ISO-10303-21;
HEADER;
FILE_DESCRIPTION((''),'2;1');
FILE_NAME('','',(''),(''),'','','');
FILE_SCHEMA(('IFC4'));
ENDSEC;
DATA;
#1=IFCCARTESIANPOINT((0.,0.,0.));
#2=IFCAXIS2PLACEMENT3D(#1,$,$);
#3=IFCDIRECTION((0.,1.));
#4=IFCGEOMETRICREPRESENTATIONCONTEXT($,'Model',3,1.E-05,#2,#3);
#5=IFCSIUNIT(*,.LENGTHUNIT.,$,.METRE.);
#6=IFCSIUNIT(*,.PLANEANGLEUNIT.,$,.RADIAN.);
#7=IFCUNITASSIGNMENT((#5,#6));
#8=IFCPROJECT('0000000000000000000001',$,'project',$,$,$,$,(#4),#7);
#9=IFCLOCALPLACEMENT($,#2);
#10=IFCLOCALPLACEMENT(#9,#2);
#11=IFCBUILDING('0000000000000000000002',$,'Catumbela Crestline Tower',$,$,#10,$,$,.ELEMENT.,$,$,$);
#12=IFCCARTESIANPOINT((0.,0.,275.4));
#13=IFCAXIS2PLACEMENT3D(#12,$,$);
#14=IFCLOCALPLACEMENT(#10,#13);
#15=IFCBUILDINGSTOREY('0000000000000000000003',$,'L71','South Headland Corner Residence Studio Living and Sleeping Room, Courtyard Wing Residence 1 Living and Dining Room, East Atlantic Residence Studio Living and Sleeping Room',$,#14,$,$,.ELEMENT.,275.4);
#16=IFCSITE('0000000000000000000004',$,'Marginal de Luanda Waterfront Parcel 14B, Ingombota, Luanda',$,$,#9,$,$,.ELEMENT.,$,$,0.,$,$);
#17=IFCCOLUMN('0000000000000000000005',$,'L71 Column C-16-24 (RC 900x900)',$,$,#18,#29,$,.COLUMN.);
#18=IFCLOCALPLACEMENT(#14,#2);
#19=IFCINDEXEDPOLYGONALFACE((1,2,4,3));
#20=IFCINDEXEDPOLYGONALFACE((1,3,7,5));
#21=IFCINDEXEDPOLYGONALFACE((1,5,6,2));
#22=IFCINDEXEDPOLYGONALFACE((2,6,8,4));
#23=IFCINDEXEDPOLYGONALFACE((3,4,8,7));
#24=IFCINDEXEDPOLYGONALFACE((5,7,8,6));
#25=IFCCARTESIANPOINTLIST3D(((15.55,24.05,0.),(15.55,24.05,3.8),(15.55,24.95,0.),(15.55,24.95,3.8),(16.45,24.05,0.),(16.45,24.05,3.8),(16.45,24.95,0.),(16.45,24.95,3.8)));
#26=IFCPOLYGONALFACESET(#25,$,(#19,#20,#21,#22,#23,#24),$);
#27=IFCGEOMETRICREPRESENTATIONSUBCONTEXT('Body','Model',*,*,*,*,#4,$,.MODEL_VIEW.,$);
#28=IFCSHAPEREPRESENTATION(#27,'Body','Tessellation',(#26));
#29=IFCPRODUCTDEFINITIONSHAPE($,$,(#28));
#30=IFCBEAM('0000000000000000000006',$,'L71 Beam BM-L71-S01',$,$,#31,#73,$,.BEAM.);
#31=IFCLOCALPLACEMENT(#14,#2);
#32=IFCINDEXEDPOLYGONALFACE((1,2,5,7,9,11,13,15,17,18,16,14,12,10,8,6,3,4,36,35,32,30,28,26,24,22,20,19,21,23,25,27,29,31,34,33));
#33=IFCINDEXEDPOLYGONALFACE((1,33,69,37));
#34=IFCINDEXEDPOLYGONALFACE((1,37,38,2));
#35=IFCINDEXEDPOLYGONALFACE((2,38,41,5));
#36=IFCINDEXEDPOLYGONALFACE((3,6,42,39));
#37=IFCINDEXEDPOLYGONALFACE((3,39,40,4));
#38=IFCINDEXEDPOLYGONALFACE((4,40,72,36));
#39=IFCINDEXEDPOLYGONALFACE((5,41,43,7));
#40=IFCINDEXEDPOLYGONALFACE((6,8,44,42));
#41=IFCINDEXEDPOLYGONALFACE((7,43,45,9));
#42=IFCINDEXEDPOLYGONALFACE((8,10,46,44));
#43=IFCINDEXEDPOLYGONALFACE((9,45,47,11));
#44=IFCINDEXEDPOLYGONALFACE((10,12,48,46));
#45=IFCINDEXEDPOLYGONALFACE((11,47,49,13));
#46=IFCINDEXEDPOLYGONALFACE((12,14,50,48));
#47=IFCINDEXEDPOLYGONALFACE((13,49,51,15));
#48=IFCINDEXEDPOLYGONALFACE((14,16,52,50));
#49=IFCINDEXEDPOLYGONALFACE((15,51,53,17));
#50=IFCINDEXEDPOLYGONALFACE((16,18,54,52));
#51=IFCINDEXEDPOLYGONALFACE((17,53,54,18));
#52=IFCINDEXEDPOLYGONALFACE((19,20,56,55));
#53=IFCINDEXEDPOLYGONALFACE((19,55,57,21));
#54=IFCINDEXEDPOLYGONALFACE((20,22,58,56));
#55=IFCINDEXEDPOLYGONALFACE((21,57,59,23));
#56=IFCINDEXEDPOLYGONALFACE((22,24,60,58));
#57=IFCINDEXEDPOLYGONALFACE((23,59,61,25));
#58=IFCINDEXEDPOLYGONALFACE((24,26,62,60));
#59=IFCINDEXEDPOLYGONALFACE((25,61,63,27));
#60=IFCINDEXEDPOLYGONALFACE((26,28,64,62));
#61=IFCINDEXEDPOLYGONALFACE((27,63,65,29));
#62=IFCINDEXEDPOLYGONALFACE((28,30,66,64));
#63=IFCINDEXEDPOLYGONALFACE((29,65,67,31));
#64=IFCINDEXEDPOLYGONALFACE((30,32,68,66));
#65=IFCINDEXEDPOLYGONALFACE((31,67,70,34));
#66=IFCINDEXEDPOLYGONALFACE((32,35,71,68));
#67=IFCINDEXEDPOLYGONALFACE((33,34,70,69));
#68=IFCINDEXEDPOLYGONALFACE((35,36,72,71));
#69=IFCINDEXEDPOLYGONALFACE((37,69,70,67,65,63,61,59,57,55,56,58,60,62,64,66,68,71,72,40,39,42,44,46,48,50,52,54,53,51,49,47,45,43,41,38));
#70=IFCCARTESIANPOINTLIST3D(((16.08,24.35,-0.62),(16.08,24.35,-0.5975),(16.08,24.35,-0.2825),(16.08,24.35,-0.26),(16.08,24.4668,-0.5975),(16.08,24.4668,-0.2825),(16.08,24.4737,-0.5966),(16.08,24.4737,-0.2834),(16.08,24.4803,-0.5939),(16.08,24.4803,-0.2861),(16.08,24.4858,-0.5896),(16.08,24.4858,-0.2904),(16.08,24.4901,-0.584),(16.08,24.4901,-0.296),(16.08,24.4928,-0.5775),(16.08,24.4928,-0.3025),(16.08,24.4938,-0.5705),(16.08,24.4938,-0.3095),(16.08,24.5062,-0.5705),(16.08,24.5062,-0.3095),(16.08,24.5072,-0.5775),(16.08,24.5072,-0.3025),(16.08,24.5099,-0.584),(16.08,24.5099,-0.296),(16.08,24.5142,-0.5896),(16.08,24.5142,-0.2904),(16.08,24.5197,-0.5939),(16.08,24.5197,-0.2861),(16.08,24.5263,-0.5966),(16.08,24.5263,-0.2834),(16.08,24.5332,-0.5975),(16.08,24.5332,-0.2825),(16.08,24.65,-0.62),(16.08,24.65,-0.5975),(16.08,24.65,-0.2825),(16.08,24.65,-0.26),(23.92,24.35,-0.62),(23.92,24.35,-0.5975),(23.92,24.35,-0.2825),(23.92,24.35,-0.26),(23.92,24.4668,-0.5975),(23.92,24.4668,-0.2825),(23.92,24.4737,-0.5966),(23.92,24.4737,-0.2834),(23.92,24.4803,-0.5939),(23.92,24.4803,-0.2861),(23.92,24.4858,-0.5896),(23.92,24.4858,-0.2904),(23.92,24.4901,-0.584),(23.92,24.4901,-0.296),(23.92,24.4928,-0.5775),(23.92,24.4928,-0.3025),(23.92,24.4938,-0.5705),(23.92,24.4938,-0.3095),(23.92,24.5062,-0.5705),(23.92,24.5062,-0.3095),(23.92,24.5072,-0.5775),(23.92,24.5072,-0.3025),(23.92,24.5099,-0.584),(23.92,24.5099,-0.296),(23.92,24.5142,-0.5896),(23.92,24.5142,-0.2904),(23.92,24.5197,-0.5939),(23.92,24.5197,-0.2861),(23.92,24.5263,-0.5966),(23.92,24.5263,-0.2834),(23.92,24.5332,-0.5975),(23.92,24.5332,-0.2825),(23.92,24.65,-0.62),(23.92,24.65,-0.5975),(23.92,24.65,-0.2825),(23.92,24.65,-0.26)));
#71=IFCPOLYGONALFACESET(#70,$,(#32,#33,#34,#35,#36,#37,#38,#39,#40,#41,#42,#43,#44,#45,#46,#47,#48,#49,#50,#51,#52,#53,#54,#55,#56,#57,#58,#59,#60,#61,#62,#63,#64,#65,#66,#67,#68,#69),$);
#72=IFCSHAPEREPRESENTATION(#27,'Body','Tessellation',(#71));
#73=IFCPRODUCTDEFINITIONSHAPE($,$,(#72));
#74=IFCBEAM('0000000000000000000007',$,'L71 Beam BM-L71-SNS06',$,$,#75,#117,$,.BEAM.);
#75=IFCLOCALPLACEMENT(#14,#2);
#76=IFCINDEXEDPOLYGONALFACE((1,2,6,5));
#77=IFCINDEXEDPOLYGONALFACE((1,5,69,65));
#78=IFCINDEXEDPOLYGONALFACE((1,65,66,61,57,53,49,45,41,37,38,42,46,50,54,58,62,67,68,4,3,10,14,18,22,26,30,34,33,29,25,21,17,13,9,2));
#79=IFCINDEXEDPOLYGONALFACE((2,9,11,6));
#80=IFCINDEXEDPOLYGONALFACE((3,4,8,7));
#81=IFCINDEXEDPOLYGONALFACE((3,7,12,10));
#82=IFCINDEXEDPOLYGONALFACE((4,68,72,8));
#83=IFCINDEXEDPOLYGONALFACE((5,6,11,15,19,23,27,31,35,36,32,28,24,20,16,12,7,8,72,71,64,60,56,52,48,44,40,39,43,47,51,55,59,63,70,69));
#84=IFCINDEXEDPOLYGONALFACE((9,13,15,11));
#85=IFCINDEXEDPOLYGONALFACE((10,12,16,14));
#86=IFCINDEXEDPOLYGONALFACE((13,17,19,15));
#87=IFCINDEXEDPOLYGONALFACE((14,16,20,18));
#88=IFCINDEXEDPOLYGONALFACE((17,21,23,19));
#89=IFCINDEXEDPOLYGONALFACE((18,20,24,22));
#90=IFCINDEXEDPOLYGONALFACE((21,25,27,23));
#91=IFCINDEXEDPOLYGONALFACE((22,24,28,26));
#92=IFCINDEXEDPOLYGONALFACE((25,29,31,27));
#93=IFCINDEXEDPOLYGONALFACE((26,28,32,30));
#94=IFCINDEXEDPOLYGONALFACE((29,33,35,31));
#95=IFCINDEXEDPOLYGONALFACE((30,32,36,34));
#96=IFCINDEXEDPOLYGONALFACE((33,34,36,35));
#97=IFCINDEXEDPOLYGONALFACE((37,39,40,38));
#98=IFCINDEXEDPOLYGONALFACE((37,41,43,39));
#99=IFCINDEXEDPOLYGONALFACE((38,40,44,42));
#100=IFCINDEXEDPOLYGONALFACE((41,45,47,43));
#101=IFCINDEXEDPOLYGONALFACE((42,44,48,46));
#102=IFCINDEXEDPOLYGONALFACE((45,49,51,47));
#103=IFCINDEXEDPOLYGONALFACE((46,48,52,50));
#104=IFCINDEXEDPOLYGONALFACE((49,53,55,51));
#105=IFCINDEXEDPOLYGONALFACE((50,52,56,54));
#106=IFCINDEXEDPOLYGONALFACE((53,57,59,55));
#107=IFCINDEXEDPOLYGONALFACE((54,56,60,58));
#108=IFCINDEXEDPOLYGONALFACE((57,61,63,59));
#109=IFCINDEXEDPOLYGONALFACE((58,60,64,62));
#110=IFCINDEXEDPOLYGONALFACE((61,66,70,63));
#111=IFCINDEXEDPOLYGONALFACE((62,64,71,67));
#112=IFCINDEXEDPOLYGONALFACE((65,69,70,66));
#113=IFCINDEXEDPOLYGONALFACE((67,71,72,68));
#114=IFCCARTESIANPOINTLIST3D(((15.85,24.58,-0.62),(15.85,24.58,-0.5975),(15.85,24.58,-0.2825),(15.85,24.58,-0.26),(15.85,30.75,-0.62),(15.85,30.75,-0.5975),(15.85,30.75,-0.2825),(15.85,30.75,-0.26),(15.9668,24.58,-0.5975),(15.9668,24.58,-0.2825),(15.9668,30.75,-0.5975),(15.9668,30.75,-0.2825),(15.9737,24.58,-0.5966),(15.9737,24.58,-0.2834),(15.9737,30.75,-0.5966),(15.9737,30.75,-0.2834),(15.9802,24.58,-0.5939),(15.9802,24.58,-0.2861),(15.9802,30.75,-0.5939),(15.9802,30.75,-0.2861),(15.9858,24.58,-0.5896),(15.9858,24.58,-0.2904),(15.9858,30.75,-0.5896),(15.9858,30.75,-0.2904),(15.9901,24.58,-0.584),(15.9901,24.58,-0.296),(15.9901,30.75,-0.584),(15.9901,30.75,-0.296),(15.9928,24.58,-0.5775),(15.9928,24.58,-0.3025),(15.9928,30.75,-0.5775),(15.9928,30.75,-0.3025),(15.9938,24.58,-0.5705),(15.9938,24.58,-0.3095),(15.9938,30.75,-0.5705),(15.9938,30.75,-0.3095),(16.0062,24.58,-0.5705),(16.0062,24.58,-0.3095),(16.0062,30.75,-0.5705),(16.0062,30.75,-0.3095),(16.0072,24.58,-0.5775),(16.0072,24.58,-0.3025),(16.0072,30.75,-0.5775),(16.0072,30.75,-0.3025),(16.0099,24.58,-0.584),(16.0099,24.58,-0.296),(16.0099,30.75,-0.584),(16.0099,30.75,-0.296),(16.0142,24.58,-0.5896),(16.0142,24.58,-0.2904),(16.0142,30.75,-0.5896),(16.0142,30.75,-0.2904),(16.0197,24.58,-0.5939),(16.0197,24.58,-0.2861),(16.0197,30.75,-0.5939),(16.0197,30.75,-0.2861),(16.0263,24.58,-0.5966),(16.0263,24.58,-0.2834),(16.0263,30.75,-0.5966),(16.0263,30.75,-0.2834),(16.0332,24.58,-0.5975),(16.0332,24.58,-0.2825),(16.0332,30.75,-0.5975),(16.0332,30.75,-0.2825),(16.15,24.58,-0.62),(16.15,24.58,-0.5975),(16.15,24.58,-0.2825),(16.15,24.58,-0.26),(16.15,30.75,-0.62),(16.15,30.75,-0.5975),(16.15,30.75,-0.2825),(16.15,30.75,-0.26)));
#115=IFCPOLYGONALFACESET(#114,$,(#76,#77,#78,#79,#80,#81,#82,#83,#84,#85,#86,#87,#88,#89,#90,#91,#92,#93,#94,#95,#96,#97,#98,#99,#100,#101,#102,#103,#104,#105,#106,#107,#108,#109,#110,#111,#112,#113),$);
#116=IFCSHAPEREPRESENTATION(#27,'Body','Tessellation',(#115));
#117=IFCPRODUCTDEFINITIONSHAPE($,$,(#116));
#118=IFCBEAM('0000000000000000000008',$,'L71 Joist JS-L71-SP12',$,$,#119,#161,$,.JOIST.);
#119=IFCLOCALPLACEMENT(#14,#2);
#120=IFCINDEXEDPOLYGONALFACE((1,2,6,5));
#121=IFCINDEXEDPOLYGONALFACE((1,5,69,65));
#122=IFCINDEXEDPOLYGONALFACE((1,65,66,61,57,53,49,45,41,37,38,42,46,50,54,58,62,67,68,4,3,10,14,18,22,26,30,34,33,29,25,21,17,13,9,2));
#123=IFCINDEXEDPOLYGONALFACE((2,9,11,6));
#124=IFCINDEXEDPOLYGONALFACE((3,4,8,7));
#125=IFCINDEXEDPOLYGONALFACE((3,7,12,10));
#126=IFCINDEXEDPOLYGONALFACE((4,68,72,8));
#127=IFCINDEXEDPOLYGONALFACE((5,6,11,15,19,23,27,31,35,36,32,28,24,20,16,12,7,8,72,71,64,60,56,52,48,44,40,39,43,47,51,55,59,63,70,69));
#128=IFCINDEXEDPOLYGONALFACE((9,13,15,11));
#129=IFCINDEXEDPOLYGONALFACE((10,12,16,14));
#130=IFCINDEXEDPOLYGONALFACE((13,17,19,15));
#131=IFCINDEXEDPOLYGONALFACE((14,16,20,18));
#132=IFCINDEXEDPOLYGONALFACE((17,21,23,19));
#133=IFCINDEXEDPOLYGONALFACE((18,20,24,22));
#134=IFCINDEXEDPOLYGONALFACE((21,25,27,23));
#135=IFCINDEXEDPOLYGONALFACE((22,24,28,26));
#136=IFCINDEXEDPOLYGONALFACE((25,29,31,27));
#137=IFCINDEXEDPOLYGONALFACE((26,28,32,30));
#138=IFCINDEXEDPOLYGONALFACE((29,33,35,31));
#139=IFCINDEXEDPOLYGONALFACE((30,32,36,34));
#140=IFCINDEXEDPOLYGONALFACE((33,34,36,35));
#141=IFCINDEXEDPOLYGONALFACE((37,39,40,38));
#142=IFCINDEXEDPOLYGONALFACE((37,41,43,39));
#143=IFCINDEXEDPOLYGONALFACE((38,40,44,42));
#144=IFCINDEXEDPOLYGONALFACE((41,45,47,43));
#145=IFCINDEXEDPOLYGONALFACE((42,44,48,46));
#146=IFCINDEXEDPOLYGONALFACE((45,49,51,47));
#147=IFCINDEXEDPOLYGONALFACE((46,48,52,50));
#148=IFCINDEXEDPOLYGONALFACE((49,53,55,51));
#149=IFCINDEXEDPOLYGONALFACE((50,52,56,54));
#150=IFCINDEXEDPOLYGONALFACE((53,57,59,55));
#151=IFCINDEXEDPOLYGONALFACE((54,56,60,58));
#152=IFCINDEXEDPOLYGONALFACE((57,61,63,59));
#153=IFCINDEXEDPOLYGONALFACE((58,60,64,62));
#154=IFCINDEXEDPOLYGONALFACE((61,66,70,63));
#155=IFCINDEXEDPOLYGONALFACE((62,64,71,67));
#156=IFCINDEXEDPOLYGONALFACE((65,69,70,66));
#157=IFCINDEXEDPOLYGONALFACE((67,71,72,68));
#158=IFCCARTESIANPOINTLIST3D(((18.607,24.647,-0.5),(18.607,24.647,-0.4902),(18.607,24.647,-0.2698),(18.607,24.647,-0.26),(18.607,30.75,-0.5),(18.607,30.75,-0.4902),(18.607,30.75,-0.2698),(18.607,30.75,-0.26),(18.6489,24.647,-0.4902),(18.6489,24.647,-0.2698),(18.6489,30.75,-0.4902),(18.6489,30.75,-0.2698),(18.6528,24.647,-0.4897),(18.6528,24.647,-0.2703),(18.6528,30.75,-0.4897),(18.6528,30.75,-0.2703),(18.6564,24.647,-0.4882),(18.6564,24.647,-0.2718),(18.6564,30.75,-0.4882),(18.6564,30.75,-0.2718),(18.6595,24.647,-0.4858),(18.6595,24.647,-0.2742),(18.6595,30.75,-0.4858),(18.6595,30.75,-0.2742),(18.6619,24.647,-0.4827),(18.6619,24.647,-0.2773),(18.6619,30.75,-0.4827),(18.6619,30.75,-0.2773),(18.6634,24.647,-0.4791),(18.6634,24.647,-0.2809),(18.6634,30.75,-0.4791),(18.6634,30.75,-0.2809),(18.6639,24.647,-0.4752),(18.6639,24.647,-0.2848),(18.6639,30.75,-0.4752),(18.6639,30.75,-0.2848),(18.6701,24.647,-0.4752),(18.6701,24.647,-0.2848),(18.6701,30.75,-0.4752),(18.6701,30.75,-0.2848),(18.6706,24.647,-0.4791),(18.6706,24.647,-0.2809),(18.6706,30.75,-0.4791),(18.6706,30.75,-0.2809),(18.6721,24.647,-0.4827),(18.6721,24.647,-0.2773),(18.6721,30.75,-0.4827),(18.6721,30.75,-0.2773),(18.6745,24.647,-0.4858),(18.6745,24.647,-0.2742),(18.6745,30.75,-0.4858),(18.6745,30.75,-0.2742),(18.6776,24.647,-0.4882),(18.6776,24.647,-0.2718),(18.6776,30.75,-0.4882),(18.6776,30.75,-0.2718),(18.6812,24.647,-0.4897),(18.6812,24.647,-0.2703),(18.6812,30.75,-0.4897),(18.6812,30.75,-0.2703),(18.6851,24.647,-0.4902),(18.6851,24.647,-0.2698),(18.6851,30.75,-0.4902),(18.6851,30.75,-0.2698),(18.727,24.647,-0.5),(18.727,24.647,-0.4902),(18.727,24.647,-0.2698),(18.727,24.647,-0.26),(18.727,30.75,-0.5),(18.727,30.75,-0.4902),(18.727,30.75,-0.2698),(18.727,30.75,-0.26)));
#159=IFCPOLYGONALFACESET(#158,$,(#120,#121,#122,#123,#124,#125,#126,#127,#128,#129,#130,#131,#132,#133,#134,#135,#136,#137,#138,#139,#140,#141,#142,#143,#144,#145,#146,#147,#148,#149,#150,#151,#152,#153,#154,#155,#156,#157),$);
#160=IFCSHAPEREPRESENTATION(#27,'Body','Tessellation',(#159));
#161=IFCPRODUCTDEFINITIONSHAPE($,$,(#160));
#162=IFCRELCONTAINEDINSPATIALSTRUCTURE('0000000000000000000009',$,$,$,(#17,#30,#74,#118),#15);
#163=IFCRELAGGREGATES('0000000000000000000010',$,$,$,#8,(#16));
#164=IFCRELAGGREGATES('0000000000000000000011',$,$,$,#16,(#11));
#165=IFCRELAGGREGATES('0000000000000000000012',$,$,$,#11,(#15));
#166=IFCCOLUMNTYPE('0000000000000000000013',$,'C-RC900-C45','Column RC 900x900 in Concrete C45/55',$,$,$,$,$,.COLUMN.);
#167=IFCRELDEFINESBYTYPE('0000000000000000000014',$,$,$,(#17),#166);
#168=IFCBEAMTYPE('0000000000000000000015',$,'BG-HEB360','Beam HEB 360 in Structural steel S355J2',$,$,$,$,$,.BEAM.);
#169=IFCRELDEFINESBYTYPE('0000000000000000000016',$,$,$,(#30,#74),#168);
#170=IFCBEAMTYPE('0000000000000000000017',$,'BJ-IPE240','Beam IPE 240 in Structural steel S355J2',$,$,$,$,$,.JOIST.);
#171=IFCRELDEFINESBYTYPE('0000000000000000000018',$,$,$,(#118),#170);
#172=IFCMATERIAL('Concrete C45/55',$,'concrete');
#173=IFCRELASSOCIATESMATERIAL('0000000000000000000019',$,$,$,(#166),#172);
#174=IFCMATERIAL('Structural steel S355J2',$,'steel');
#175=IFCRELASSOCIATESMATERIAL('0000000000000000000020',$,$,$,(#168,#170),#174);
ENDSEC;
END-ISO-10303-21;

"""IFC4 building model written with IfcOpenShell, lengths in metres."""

from ifc_helpers import new_model, si_unit, direction, frame, origin, origin_2d, place, context, subcontext, project, spatial, rectangle, i_section, extrude, material, material_profile, profile_set, type_object, element, save


model = new_model("IFC4")

# Units and contexts
model_context = context("Model", 3, precision=1e-05, world=origin(), true_north=direction((0.0, 1.0)))
body_context = subcontext(model_context, "Body", "Model", "MODEL_VIEW")
ifc_project = project(units=[si_unit("LENGTHUNIT", "METRE"), si_unit("PLANEANGLEUNIT", "RADIAN")], contexts=[model_context])

# Site, building, storey
site_placement = place(None, origin())
site = spatial("IfcSite", under=ifc_project, at=site_placement, Name="Marginal de Luanda Waterfront Parcel 14B, Ingombota, Luanda", CompositionType="ELEMENT", RefElevation=0.0)
building_placement = place(site_placement, origin())
building = spatial("IfcBuilding", under=site, at=building_placement, Name="Catumbela Crestline Tower", CompositionType="ELEMENT")
storey_placement = place(building_placement, frame((0.0, 0.0, 275.4)))
storey = spatial("IfcBuildingStorey", under=building, at=storey_placement, Name="L71", Description="South Headland Corner Residence Studio Living and Sleeping Room, Courtyard Wing Residence 1 Living and Dining Room, East Atlantic Residence Studio Living and Sleeping Room", CompositionType="ELEMENT", Elevation=275.4)

# Column
ifc_material_1 = material(Name="Concrete C45/55", Category="concrete")
ifc_material_profile_1 = material_profile(ifc_material_1, rectangle(XDim=0.9, YDim=0.9, at=origin_2d()), Name="RC 900x900")
ifc_profile_set_1 = profile_set([ifc_material_profile_1], Name="Concrete C45/55")
column_type = type_object("IfcColumnType", Name="C-RC900-C45", Description="Column RC 900x900 in Concrete C45/55", PredefinedType="COLUMN", material=ifc_profile_set_1)
column_placement = place(storey_placement, frame((16.0, 24.5, 0.0), z_axis=(0.0, 0.0, 1.0), x_axis=(1.0, 0.0, 0.0)))
element("IfcColumn", 1, at=column_placement, inside=storey, type_object=column_type, Name="L71 Column C-16-24 (RC 900x900)", PredefinedType="COLUMN", context=body_context, shape_type="SweptSolid", body=[
    extrude(rectangle(XDim=0.9, YDim=0.9, at=origin_2d()), origin(), (0.0, 0.0, 1.0), 3.8),
])

# Beams
ifc_material_2 = material(Name="Structural steel S355J2", Category="steel")
ifc_material_profile_2 = material_profile(ifc_material_2, i_section(OverallWidth=0.3, OverallDepth=0.36, WebThickness=0.0125, FlangeThickness=0.0225, FilletRadius=0.027, at=origin_2d()), Name="HEB 360")
ifc_profile_set_2 = profile_set([ifc_material_profile_2], Name="Structural steel S355J2")
beam_type_1 = type_object("IfcBeamType", Name="BG-HEB360", Description="Beam HEB 360 in Structural steel S355J2", PredefinedType="BEAM", material=ifc_profile_set_2)
beam_1_placement = place(storey_placement, frame((16.08, 24.5, -0.44), z_axis=(1.0, 0.0, 0.0), x_axis=(0.0, 1.0, 0.0)))
element("IfcBeam", 2, at=beam_1_placement, inside=storey, type_object=beam_type_1, Name="L71 Beam BM-L71-S01", PredefinedType="BEAM", context=body_context, shape_type="SweptSolid", body=[
    extrude(i_section(OverallWidth=0.3, OverallDepth=0.36, WebThickness=0.0125, FlangeThickness=0.0225, FilletRadius=0.027, at=origin_2d()), origin(), (0.0, 0.0, 1.0), 7.84),
])
beam_2_placement = place(storey_placement, frame((16.0, 24.58, -0.44), z_axis=(0.0, 1.0, 0.0), x_axis=(-1.0, 0.0, 0.0)))
element("IfcBeam", 3, at=beam_2_placement, inside=storey, type_object=beam_type_1, Name="L71 Beam BM-L71-SNS06", PredefinedType="BEAM", context=body_context, shape_type="SweptSolid", body=[
    extrude(i_section(OverallWidth=0.3, OverallDepth=0.36, WebThickness=0.0125, FlangeThickness=0.0225, FilletRadius=0.027, at=origin_2d()), origin(), (0.0, 0.0, 1.0), 6.17),
])
ifc_material_profile_3 = material_profile(ifc_material_2, i_section(OverallWidth=0.12, OverallDepth=0.24, WebThickness=0.0062, FlangeThickness=0.0098, FilletRadius=0.015, at=origin_2d()), Name="IPE 240")
ifc_profile_set_3 = profile_set([ifc_material_profile_3], Name="Structural steel S355J2")
beam_type_2 = type_object("IfcBeamType", Name="BJ-IPE240", Description="Beam IPE 240 in Structural steel S355J2", PredefinedType="JOIST", material=ifc_profile_set_3)
for number, where, z_axis, x_axis, name in (
    (4, (18.667, 24.647, -0.38), (0.0, 1.0, 0.0), (-1.0, 0.0, 0.0), "L71 Joist JS-L71-SP12"),
):
    element("IfcBeam", number, at=place(storey_placement, frame(where, z_axis=z_axis, x_axis=x_axis)), inside=storey, type_object=beam_type_2, Name=name, PredefinedType="JOIST", context=body_context, shape_type="SweptSolid", body=[
        extrude(i_section(OverallWidth=0.12, OverallDepth=0.24, WebThickness=0.0062, FlangeThickness=0.0098, FilletRadius=0.015, at=origin_2d()), origin(), (0.0, 0.0, 1.0), 6.103),
    ])

save(model, "model.ifc")
